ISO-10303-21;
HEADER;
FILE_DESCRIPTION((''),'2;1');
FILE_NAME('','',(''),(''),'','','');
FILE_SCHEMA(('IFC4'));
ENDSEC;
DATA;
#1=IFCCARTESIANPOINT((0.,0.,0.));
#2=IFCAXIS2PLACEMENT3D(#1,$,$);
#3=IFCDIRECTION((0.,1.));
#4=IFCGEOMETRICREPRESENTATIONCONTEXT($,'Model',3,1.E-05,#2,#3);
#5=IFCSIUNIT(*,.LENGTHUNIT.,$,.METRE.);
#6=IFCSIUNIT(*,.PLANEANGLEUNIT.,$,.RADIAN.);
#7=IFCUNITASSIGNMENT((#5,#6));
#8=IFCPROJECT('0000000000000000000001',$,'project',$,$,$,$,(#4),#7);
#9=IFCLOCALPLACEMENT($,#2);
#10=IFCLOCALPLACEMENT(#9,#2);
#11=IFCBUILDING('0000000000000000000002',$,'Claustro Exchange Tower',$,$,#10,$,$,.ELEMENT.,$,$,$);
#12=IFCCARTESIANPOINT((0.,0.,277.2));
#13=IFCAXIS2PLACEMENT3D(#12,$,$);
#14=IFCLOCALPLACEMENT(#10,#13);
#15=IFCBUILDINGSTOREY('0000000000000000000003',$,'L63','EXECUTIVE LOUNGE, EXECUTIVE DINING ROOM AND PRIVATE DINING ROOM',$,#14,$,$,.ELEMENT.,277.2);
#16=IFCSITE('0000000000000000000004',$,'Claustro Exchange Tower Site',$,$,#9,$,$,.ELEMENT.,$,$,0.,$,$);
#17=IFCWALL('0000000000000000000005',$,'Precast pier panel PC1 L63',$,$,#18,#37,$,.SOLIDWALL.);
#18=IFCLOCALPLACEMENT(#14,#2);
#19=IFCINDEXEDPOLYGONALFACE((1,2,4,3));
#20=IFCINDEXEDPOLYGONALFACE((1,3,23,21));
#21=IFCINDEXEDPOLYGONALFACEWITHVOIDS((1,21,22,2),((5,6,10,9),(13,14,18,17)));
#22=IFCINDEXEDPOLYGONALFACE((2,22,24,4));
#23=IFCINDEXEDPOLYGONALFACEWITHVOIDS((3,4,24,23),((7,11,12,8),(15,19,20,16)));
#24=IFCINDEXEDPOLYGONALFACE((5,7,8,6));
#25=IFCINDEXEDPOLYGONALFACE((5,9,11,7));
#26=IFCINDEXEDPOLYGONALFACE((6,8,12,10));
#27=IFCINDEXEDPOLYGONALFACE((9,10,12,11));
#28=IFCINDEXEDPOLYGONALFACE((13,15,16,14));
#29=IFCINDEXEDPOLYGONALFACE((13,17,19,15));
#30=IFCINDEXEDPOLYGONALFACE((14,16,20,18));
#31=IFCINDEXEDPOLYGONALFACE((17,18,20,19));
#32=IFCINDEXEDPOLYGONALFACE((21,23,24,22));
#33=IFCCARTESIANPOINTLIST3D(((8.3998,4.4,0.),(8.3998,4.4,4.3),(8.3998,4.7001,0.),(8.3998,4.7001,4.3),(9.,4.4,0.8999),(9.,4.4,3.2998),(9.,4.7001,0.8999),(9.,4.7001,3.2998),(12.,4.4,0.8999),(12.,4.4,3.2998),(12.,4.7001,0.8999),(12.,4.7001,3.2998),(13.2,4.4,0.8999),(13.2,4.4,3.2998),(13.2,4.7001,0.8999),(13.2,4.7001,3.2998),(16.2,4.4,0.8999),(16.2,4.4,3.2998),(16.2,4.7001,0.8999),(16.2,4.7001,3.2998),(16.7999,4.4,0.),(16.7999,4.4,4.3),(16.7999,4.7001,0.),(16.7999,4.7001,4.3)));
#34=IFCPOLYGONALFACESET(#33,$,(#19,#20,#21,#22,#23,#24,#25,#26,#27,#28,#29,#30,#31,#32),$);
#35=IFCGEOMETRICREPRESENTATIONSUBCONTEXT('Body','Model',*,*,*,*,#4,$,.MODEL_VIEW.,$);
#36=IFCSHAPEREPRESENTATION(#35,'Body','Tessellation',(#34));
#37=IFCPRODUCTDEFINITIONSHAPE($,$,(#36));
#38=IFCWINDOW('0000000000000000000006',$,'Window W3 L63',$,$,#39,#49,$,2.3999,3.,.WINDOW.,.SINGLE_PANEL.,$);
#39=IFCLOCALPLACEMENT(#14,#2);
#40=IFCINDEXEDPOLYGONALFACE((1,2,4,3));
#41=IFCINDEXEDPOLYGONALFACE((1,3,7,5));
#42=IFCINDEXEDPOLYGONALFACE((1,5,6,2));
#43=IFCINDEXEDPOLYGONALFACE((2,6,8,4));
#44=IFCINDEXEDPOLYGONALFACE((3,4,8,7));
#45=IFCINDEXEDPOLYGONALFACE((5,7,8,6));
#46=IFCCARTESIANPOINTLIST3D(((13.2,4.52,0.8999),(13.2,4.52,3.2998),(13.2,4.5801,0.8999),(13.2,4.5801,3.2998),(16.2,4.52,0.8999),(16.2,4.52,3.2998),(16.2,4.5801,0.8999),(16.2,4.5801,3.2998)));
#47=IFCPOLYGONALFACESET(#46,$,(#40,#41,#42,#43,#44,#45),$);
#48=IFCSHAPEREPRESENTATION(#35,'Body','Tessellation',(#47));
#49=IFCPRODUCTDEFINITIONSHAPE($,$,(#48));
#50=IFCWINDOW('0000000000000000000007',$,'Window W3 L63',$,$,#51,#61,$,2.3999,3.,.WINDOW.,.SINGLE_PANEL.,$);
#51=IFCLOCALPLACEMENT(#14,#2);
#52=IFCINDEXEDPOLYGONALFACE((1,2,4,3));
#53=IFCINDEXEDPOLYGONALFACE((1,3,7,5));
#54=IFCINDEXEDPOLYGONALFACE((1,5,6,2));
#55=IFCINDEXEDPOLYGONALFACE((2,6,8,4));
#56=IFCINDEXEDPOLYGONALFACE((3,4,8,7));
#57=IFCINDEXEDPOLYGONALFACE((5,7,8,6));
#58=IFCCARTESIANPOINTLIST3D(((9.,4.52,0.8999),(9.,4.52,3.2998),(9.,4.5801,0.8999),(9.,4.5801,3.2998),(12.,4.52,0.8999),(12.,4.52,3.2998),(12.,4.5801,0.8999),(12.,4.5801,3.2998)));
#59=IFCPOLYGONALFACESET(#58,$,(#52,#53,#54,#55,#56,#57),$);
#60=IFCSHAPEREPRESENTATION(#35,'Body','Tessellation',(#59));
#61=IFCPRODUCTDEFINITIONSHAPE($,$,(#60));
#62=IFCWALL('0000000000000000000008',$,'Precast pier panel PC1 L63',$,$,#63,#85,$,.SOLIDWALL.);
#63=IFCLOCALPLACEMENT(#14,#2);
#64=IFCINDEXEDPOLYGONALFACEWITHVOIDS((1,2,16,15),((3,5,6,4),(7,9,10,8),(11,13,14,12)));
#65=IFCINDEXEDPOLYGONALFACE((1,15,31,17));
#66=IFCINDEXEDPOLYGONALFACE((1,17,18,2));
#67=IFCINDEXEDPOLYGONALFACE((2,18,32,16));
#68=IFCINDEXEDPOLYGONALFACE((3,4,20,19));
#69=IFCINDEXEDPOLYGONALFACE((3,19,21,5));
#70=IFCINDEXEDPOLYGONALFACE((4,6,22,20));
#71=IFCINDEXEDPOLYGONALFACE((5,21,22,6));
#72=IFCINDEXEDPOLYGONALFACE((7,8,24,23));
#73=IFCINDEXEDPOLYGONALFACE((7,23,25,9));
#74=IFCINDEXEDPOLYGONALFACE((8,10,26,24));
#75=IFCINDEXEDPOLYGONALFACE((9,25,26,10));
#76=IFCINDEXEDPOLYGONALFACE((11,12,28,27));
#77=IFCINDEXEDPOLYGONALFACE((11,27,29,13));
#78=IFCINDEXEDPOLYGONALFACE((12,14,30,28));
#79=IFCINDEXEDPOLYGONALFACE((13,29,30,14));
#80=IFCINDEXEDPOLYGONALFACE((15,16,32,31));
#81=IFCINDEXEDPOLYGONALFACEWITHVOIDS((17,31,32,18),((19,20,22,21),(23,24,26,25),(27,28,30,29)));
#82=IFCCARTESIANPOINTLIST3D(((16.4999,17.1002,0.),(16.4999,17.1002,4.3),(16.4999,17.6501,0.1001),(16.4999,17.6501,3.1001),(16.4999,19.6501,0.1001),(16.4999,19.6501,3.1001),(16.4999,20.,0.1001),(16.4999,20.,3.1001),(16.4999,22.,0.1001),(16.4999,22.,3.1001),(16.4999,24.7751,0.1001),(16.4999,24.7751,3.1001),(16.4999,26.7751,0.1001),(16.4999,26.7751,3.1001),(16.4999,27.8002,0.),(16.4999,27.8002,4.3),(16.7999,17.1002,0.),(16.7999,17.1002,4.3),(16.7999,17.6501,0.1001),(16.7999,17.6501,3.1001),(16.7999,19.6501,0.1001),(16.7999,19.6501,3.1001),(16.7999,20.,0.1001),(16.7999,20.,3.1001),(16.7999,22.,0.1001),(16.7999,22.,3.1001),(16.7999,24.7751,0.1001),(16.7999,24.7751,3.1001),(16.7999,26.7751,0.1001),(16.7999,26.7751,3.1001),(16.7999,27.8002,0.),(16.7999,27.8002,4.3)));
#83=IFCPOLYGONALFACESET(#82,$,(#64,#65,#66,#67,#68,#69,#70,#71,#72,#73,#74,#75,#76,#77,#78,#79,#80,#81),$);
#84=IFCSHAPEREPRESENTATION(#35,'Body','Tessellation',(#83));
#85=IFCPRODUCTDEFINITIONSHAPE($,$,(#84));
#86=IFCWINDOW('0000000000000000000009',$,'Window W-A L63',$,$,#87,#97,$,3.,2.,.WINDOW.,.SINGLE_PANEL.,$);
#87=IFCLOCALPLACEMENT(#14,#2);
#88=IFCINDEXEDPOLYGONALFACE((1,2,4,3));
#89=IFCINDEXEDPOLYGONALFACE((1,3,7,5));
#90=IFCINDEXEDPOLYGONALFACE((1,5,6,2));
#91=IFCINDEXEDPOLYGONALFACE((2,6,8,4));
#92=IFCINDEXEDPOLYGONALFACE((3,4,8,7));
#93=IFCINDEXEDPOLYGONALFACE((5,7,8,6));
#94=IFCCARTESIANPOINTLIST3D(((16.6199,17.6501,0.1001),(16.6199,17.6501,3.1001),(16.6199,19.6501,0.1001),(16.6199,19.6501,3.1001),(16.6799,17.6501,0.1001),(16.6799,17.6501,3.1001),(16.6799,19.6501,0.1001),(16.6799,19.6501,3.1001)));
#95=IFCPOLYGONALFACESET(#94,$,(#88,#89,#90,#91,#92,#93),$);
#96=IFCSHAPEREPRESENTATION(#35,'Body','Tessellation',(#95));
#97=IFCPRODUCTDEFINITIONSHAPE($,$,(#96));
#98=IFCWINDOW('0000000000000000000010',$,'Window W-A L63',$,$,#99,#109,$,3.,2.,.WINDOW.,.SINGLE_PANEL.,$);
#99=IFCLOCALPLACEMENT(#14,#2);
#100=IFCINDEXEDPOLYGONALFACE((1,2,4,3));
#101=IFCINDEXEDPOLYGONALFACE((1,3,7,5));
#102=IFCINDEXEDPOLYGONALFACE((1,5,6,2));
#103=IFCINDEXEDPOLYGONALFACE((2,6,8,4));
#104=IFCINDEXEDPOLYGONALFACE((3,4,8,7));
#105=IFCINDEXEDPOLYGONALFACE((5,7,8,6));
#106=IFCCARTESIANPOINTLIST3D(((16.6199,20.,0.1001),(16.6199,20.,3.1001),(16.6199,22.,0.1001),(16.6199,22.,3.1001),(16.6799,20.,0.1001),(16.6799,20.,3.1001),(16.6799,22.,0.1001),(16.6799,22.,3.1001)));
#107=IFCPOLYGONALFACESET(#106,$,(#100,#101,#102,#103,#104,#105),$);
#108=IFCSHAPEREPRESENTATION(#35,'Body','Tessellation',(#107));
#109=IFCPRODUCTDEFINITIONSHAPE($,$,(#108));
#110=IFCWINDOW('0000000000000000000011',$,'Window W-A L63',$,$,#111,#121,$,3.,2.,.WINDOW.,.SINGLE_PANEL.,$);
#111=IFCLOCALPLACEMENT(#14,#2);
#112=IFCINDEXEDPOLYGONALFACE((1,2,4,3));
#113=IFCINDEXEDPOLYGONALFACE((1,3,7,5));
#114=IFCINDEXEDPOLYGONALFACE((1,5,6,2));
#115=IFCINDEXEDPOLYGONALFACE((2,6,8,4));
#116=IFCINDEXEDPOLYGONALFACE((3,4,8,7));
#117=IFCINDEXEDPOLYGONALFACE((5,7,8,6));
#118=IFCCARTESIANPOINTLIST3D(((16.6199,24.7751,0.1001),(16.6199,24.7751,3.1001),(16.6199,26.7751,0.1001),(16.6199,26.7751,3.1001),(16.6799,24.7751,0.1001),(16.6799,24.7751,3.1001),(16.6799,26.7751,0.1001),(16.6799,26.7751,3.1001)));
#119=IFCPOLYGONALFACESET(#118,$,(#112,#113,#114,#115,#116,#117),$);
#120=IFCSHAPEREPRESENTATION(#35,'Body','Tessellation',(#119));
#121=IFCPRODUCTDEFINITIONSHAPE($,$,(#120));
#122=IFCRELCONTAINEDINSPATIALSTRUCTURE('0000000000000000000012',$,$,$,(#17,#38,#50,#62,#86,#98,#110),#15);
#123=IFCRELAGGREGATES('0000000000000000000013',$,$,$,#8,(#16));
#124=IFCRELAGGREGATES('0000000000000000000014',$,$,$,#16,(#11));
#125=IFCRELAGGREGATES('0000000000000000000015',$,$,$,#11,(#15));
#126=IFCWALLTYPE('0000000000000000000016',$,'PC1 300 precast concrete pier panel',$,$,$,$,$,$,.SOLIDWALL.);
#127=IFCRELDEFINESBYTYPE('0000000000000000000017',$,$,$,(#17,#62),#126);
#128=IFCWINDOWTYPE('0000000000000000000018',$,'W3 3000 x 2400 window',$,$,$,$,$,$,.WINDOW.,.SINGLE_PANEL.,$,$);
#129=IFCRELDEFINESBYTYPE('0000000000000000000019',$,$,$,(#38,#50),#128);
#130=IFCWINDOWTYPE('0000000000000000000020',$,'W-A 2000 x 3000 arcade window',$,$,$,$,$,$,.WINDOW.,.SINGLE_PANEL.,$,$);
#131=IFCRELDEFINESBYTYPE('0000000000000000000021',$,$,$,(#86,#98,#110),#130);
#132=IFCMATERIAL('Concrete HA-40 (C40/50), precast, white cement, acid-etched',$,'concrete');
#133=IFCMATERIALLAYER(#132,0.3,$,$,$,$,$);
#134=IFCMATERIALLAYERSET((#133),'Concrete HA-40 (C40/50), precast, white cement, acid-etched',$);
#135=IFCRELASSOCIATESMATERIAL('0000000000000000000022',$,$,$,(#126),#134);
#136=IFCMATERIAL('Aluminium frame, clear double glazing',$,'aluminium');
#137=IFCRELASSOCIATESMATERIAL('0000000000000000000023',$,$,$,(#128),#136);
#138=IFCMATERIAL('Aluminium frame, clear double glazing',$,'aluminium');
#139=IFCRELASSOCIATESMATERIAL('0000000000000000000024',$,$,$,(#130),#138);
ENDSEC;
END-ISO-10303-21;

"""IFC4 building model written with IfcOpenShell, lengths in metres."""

from ifc_helpers import new_model, si_unit, direction, frame, frame_2d, origin, place, context, subcontext, project, spatial, rectangle, extrude, material, layer, layer_set, type_object, element, fill, save


model = new_model("IFC4")

# Units and contexts
model_context = context("Model", 3, precision=1e-05, world=origin(), true_north=direction((0.0, 1.0)))
body_context = subcontext(model_context, "Body", "Model", "MODEL_VIEW")
ifc_project = project(units=[si_unit("LENGTHUNIT", "METRE"), si_unit("PLANEANGLEUNIT", "RADIAN")], contexts=[model_context])

# Site, building, storey
site_placement = place(None, origin())
site = spatial("IfcSite", under=ifc_project, at=site_placement, Name="Claustro Exchange Tower Site", CompositionType="ELEMENT", RefElevation=0.0)
building_placement = place(site_placement, origin())
building = spatial("IfcBuilding", under=site, at=building_placement, Name="Claustro Exchange Tower", CompositionType="ELEMENT")
storey_placement = place(building_placement, frame((0.0, 0.0, 277.2)))
storey = spatial("IfcBuildingStorey", under=building, at=storey_placement, Name="L63", Description="EXECUTIVE LOUNGE, EXECUTIVE DINING ROOM AND PRIVATE DINING ROOM", CompositionType="ELEMENT", Elevation=277.2)

# Walls, openings, windows
ifc_material_1 = material(Name="Concrete HA-40 (C40/50), precast, white cement, acid-etched", Category="concrete")
ifc_layer_1 = layer(ifc_material_1, 0.3)
ifc_layer_set_1 = layer_set([ifc_layer_1], Name="Concrete HA-40 (C40/50), precast, white cement, acid-etched")
wall_type_1 = type_object("IfcWallType", Name="PC1 300 precast concrete pier panel", PredefinedType="SOLIDWALL", material=ifc_layer_set_1)
wall_1_placement = place(storey_placement, frame((16.8, 4.55, 0.0), z_axis=(0.0, 0.0, 1.0), x_axis=(-1.0, 0.0, 0.0)))
wall_1 = element("IfcWall", 1, at=wall_1_placement, inside=storey, type_object=wall_type_1, Name="Precast pier panel PC1 L63", PredefinedType="SOLIDWALL", context=body_context, shape_type="SweptSolid", body=[
    extrude(rectangle(XDim=8.4001, YDim=0.3, at=frame_2d((4.2002, 0.0))), origin(), (0.0, 0.0, 1.0), 4.3),
])
opening_1_placement = place(wall_1_placement, frame((0.6001, 0.0, 0.8999)))
opening_1 = element("IfcOpeningElement", 2, at=opening_1_placement, cuts=wall_1, PredefinedType="OPENING", context=body_context, shape_type="SweptSolid", body=[
    extrude(rectangle(XDim=3.0, YDim=2.3999, at=frame_2d((1.5, 1.2))), frame((0.0, 0.1599, 0.0), z_axis=(0.0, -1.0, 0.0), x_axis=(1.0, 0.0, 0.0)), (0.0, 0.0, 1.0), 0.3201),
])
opening_2_placement = place(wall_1_placement, frame((4.8, 0.0, 0.8999)))
opening_2 = element("IfcOpeningElement", 3, at=opening_2_placement, cuts=wall_1, PredefinedType="OPENING", context=body_context, shape_type="SweptSolid", body=[
    extrude(rectangle(XDim=3.0, YDim=2.3999, at=frame_2d((1.5, 1.2))), frame((0.0, 0.1599, 0.0), z_axis=(0.0, -1.0, 0.0), x_axis=(1.0, 0.0, 0.0)), (0.0, 0.0, 1.0), 0.3201),
])
ifc_material_2 = material(Name="Aluminium frame, clear double glazing", Category="aluminium")
window_type_1 = type_object("IfcWindowType", Name="W3 3000 x 2400 window", PartitioningType="SINGLE_PANEL", PredefinedType="WINDOW", material=ifc_material_2)
window_1_placement = place(opening_1_placement, origin())
window_1 = element("IfcWindow", 4, at=window_1_placement, inside=storey, type_object=window_type_1, Name="Window W3 L63", OverallHeight=2.3999, OverallWidth=3.0, PartitioningType="SINGLE_PANEL", PredefinedType="WINDOW", context=body_context, shape_type="SweptSolid", body=[
    extrude(rectangle(XDim=3.0, YDim=2.3999, at=frame_2d((1.5, 1.2))), frame((0.0, 0.03, 0.0), z_axis=(0.0, -1.0, 0.0), x_axis=(1.0, 0.0, 0.0)), (0.0, 0.0, 1.0), 0.0601),
])
fill(opening_1, window_1)
window_2_placement = place(opening_2_placement, origin())
window_2 = element("IfcWindow", 5, at=window_2_placement, inside=storey, type_object=window_type_1, Name="Window W3 L63", OverallHeight=2.3999, OverallWidth=3.0, PartitioningType="SINGLE_PANEL", PredefinedType="WINDOW", context=body_context, shape_type="SweptSolid", body=[
    extrude(rectangle(XDim=3.0, YDim=2.3999, at=frame_2d((1.5, 1.2))), frame((0.0, 0.03, 0.0), z_axis=(0.0, -1.0, 0.0), x_axis=(1.0, 0.0, 0.0)), (0.0, 0.0, 1.0), 0.0601),
])
fill(opening_2, window_2)
wall_2_placement = place(storey_placement, frame((16.6499, 17.1001, 0.0), z_axis=(0.0, 0.0, 1.0), x_axis=(0.0, 1.0, 0.0)))
wall_2 = element("IfcWall", 6, at=wall_2_placement, inside=storey, type_object=wall_type_1, Name="Precast pier panel PC1 L63", PredefinedType="SOLIDWALL", context=body_context, shape_type="SweptSolid", body=[
    extrude(rectangle(XDim=10.7, YDim=0.3, at=frame_2d((5.3501, 0.0))), origin(), (0.0, 0.0, 1.0), 4.3),
])
opening_3_placement = place(wall_2_placement, frame((0.55, 0.0, 0.1001)))
opening_3 = element("IfcOpeningElement", 7, at=opening_3_placement, cuts=wall_2, PredefinedType="OPENING", context=body_context, shape_type="SweptSolid", body=[
    extrude(rectangle(XDim=2.0, YDim=3.0, at=frame_2d((1.0, 1.5))), frame((0.0, 0.1599, 0.0), z_axis=(0.0, -1.0, 0.0), x_axis=(1.0, 0.0, 0.0)), (0.0, 0.0, 1.0), 0.3201),
])
opening_4_placement = place(wall_2_placement, frame((2.8999, 0.0, 0.1001)))
opening_4 = element("IfcOpeningElement", 8, at=opening_4_placement, cuts=wall_2, PredefinedType="OPENING", context=body_context, shape_type="SweptSolid", body=[
    extrude(rectangle(XDim=2.0, YDim=3.0, at=frame_2d((1.0, 1.5))), frame((0.0, 0.1599, 0.0), z_axis=(0.0, -1.0, 0.0), x_axis=(1.0, 0.0, 0.0)), (0.0, 0.0, 1.0), 0.3201),
])
opening_5_placement = place(wall_2_placement, frame((7.675, 0.0, 0.1001)))
opening_5 = element("IfcOpeningElement", 9, at=opening_5_placement, cuts=wall_2, PredefinedType="OPENING", context=body_context, shape_type="SweptSolid", body=[
    extrude(rectangle(XDim=2.0, YDim=3.0, at=frame_2d((1.0, 1.5))), frame((0.0, 0.1599, 0.0), z_axis=(0.0, -1.0, 0.0), x_axis=(1.0, 0.0, 0.0)), (0.0, 0.0, 1.0), 0.3201),
])
ifc_material_3 = material(Name="Aluminium frame, clear double glazing", Category="aluminium")
window_type_2 = type_object("IfcWindowType", Name="W-A 2000 x 3000 arcade window", PartitioningType="SINGLE_PANEL", PredefinedType="WINDOW", material=ifc_material_3)
window_3_placement = place(opening_3_placement, origin())
window_3 = element("IfcWindow", 10, at=window_3_placement, inside=storey, type_object=window_type_2, Name="Window W-A L63", OverallHeight=3.0, OverallWidth=2.0, PartitioningType="SINGLE_PANEL", PredefinedType="WINDOW", context=body_context, shape_type="SweptSolid", body=[
    extrude(rectangle(XDim=2.0, YDim=3.0, at=frame_2d((1.0, 1.5))), frame((0.0, 0.03, 0.0), z_axis=(0.0, -1.0, 0.0), x_axis=(1.0, 0.0, 0.0)), (0.0, 0.0, 1.0), 0.0601),
])
fill(opening_3, window_3)
window_4_placement = place(opening_4_placement, origin())
window_4 = element("IfcWindow", 11, at=window_4_placement, inside=storey, type_object=window_type_2, Name="Window W-A L63", OverallHeight=3.0, OverallWidth=2.0, PartitioningType="SINGLE_PANEL", PredefinedType="WINDOW", context=body_context, shape_type="SweptSolid", body=[
    extrude(rectangle(XDim=2.0, YDim=3.0, at=frame_2d((1.0, 1.5))), frame((0.0, 0.03, 0.0), z_axis=(0.0, -1.0, 0.0), x_axis=(1.0, 0.0, 0.0)), (0.0, 0.0, 1.0), 0.0601),
])
fill(opening_4, window_4)
window_5_placement = place(opening_5_placement, origin())
window_5 = element("IfcWindow", 12, at=window_5_placement, inside=storey, type_object=window_type_2, Name="Window W-A L63", OverallHeight=3.0, OverallWidth=2.0, PartitioningType="SINGLE_PANEL", PredefinedType="WINDOW", context=body_context, shape_type="SweptSolid", body=[
    extrude(rectangle(XDim=2.0, YDim=3.0, at=frame_2d((1.0, 1.5))), frame((0.0, 0.03, 0.0), z_axis=(0.0, -1.0, 0.0), x_axis=(1.0, 0.0, 0.0)), (0.0, 0.0, 1.0), 0.0601),
])
fill(opening_5, window_5)

save(model, "model.ifc")
